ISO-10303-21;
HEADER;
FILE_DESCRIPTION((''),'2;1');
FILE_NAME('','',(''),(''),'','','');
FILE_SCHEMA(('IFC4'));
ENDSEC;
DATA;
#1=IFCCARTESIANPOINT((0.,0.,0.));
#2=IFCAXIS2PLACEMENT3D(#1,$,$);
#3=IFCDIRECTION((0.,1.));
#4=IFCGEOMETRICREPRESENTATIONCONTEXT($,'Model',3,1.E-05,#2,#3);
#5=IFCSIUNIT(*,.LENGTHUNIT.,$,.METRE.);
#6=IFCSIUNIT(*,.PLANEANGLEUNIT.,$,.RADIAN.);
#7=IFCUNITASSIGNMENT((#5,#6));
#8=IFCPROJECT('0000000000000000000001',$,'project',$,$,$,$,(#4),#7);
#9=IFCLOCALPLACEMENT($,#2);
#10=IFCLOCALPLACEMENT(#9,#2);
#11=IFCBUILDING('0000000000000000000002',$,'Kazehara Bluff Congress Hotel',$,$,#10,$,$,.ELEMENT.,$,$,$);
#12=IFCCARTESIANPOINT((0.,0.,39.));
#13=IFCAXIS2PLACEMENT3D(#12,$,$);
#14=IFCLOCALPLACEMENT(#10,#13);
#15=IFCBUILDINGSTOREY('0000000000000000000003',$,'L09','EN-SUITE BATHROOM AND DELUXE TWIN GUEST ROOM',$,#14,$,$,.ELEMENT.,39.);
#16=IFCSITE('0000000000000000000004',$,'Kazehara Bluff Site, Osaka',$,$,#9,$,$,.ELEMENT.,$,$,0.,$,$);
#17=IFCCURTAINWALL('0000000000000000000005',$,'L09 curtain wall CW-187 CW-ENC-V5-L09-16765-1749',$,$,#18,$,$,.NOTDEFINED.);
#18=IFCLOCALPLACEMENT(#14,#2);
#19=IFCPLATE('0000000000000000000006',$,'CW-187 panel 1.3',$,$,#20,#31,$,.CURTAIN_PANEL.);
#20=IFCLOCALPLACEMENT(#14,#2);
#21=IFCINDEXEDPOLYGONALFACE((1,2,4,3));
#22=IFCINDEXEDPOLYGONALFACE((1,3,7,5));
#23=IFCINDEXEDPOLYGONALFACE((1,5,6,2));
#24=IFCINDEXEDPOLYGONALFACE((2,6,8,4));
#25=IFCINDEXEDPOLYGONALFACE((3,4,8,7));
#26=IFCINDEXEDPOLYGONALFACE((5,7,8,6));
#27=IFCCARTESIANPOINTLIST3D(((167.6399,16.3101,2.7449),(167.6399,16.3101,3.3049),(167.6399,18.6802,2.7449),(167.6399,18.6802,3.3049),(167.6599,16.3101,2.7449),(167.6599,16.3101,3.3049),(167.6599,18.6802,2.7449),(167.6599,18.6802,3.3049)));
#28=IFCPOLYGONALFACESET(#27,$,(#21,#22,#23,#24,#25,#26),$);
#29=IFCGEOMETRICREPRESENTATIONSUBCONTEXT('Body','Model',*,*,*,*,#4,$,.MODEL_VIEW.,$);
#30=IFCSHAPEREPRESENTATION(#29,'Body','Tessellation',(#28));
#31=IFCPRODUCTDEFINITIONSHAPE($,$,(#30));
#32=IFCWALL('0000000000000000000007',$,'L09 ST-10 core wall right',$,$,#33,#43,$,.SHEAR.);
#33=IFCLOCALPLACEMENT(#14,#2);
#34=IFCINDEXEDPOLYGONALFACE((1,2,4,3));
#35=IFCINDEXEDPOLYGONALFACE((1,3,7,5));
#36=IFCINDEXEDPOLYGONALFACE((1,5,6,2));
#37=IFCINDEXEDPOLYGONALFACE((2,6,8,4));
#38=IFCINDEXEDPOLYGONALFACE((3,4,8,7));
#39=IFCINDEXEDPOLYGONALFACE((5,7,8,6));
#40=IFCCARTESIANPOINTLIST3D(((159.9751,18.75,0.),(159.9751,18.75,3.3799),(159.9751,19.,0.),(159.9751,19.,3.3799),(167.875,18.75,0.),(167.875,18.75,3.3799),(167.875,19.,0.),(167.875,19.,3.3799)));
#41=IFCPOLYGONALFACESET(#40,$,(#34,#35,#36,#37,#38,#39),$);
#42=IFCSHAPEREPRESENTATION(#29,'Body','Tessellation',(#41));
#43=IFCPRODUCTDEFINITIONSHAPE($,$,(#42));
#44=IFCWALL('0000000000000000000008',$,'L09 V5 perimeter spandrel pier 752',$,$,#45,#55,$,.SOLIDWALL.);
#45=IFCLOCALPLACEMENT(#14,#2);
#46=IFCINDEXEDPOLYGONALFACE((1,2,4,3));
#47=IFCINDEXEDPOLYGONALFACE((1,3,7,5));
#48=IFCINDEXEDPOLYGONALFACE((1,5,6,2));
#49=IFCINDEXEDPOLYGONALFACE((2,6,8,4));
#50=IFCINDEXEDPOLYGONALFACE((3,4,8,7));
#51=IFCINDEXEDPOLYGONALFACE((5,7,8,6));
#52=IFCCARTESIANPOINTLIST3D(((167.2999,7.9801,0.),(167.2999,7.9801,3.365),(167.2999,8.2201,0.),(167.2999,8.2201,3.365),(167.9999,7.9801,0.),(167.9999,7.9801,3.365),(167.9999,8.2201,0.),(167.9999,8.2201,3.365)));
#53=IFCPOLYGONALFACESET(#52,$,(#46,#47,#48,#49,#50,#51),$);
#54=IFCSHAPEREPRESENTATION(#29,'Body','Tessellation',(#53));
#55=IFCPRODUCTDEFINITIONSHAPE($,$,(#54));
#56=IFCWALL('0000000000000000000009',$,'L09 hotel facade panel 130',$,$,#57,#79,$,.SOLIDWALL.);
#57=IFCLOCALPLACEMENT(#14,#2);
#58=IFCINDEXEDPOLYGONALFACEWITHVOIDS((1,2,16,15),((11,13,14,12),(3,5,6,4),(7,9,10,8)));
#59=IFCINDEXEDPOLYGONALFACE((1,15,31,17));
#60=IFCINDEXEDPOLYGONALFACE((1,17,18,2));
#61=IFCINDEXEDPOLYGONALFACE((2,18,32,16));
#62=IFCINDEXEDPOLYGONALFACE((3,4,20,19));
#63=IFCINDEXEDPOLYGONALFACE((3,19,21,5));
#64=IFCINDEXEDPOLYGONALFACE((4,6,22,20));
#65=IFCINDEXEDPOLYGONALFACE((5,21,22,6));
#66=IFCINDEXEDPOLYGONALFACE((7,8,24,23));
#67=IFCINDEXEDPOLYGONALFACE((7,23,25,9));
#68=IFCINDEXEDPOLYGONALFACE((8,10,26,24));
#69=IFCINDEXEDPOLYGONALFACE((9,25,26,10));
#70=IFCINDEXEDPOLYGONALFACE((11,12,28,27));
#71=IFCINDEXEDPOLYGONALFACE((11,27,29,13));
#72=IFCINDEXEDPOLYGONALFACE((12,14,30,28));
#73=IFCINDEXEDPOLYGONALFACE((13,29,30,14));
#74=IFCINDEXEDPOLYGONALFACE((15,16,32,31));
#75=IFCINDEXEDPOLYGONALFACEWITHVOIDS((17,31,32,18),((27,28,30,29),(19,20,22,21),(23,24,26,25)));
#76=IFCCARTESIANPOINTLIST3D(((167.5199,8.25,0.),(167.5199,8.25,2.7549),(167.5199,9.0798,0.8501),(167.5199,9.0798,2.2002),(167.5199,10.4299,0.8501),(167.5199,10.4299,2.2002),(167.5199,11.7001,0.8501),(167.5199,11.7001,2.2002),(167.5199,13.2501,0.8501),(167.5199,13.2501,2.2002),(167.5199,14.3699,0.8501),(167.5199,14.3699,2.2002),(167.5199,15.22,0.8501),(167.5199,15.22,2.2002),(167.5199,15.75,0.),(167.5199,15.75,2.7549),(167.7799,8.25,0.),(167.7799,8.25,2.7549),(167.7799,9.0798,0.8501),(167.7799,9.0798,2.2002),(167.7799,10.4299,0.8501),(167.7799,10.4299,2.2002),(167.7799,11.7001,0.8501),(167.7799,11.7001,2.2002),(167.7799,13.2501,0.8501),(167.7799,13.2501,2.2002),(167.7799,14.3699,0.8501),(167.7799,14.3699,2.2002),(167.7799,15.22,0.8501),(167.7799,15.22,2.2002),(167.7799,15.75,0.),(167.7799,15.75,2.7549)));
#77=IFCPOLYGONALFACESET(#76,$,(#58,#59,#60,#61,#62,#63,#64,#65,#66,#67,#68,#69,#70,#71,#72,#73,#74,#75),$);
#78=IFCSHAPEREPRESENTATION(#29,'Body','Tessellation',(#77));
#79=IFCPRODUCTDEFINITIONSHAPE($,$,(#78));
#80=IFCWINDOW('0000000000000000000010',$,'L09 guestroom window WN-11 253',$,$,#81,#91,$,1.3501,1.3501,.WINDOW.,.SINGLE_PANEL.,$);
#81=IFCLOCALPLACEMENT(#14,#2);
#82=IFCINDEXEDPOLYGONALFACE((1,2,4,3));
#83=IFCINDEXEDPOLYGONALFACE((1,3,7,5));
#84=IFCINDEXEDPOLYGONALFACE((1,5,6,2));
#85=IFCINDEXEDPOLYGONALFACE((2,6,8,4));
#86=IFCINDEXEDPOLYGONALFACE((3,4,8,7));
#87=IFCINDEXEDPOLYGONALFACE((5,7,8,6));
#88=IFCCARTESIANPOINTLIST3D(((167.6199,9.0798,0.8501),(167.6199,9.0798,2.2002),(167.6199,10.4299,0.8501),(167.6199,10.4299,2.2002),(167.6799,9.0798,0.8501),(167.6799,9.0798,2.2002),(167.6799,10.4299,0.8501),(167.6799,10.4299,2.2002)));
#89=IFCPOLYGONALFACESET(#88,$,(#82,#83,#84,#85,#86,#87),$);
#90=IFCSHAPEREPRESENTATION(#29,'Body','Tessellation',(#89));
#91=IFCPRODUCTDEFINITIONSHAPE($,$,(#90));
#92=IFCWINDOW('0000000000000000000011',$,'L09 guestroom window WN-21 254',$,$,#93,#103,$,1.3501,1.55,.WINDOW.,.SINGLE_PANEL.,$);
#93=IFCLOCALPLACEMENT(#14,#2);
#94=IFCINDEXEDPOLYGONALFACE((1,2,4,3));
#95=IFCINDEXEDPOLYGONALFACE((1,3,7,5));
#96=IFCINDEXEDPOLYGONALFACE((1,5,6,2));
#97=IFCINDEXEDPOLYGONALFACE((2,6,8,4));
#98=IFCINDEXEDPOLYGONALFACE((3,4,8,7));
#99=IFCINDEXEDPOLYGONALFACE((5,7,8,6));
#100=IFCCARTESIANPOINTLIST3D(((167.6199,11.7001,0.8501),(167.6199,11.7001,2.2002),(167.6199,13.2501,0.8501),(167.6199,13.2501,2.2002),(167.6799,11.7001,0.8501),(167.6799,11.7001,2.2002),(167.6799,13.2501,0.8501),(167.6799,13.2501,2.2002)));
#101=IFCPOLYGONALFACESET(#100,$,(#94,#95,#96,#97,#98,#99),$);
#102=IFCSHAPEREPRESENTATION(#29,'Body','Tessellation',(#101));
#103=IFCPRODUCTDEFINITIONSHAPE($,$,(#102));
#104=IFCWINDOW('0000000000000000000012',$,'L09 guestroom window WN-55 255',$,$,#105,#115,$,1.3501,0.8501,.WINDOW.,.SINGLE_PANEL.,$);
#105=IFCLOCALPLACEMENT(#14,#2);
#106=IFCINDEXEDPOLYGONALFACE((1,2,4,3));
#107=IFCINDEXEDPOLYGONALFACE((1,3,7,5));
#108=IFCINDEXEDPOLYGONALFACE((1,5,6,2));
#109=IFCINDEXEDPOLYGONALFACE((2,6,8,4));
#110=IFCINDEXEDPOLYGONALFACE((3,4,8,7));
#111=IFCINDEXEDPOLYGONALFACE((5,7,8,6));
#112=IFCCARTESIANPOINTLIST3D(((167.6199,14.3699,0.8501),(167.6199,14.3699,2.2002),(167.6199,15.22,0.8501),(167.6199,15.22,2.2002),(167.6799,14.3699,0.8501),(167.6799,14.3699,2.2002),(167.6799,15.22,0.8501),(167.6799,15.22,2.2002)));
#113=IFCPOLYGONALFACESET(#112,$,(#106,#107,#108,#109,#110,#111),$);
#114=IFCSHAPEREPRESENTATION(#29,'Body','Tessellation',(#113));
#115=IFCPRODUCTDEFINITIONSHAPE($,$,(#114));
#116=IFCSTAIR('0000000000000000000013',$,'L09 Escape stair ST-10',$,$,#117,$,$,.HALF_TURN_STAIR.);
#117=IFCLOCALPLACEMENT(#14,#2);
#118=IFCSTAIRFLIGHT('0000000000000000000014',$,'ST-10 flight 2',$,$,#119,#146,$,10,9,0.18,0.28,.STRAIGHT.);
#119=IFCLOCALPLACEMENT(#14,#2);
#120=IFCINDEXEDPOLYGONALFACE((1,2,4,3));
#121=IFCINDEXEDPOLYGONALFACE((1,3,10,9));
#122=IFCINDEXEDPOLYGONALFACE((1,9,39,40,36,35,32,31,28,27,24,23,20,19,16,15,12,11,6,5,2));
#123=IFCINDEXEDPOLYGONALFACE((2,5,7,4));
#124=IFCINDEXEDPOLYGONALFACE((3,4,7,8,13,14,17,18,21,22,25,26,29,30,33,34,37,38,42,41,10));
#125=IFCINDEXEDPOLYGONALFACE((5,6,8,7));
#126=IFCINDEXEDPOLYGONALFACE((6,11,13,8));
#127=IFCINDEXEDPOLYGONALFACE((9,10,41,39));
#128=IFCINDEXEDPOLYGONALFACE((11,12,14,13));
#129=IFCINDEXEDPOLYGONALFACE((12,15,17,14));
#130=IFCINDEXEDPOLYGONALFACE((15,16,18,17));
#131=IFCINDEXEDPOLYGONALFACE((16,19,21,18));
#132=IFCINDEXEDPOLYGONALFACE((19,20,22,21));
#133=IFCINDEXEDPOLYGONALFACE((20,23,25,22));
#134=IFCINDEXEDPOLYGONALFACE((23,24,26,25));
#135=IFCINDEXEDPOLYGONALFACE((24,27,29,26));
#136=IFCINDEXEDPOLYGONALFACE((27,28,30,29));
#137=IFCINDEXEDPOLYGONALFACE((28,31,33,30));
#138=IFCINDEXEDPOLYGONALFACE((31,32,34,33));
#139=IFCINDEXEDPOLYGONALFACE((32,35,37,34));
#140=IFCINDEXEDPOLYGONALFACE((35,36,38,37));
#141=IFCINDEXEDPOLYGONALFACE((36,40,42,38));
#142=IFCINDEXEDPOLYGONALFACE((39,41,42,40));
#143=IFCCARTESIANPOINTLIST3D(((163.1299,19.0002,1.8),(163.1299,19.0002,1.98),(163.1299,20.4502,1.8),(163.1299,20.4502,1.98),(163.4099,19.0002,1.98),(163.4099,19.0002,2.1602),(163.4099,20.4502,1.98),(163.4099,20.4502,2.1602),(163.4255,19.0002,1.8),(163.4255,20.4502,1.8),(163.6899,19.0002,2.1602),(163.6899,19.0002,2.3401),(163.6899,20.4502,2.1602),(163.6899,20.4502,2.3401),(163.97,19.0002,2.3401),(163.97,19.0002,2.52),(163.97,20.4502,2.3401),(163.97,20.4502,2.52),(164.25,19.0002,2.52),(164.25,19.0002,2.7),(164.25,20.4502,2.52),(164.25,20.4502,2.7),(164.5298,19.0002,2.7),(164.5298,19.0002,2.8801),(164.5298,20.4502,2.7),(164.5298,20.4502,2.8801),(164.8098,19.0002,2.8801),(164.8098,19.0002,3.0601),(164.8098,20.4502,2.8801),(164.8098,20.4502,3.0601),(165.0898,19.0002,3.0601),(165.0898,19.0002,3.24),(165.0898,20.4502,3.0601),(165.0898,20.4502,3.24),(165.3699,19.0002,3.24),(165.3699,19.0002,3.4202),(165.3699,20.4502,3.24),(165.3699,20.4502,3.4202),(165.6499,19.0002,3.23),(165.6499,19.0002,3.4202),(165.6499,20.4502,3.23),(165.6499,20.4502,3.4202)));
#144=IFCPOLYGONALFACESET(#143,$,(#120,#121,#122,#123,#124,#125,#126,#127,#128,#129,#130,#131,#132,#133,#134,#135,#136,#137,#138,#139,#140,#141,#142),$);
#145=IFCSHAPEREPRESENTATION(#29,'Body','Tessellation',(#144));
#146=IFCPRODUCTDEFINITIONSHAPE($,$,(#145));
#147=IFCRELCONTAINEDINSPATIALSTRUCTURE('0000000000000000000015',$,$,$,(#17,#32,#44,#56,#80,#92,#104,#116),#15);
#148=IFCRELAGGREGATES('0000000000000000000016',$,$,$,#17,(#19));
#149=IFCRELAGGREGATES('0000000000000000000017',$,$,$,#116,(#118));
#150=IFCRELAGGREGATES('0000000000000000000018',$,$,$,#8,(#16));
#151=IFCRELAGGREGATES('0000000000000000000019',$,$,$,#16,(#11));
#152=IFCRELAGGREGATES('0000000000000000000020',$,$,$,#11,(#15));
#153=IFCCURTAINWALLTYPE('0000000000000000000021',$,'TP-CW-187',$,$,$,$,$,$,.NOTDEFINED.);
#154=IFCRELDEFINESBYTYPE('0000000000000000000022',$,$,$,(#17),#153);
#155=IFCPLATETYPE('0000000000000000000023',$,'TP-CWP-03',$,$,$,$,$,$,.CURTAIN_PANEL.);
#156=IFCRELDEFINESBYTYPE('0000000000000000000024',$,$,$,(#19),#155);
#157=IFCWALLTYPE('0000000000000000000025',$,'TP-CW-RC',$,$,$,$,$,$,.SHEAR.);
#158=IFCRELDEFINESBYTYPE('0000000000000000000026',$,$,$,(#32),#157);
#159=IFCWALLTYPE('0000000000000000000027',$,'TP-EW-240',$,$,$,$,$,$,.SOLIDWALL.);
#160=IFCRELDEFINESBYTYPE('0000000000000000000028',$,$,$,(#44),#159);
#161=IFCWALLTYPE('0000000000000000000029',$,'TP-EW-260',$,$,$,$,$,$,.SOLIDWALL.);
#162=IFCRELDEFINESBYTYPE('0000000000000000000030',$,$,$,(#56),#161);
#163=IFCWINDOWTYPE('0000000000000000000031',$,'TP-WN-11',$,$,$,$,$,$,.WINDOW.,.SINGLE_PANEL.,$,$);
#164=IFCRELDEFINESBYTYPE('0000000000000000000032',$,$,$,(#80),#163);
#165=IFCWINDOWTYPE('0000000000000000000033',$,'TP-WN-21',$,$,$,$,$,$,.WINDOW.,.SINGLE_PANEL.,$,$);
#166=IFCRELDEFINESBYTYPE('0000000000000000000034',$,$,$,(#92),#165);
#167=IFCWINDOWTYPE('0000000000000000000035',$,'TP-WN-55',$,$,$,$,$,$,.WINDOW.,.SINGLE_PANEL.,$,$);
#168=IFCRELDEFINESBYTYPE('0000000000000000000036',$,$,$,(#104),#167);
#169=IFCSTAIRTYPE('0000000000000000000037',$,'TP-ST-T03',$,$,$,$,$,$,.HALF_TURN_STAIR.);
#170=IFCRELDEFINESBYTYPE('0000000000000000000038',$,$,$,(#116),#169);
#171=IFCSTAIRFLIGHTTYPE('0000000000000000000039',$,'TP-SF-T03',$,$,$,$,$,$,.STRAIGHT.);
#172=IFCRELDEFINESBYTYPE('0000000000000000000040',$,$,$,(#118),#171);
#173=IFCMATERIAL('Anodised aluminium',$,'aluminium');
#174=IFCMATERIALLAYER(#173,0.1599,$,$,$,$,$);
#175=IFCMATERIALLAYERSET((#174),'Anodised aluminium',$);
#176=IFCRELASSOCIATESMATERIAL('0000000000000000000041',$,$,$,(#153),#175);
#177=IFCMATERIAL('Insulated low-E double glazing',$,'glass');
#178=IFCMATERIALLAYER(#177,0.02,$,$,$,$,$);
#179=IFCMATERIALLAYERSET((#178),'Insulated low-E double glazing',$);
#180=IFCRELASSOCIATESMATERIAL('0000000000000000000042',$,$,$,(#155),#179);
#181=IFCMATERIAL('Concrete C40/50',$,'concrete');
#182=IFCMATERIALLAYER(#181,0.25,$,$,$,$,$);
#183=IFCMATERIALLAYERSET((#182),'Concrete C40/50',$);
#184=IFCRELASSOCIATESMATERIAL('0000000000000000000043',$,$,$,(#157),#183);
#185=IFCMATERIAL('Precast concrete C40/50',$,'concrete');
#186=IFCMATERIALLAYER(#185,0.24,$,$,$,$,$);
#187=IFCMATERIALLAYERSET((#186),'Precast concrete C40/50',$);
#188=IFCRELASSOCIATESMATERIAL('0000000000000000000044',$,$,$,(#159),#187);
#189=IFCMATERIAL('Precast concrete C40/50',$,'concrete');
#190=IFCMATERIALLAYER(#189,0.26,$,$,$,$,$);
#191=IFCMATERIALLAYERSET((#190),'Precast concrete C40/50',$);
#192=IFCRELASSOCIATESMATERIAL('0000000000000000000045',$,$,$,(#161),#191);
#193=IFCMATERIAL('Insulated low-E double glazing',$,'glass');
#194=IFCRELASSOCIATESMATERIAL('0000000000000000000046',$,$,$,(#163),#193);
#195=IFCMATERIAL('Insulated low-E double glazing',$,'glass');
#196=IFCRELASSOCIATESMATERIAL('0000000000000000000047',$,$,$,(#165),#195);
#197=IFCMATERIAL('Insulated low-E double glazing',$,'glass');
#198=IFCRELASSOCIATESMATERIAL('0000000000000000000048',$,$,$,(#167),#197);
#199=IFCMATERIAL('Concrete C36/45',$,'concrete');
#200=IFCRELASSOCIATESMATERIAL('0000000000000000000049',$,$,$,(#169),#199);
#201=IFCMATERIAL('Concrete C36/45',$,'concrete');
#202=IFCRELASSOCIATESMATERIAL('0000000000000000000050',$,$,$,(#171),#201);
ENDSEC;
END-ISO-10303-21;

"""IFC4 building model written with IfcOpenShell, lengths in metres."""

from ifc_helpers import new_model, si_unit, direction, frame, frame_2d, origin, origin_2d, place, context, subcontext, project, spatial, polyline, rectangle, outline, extrude, material, layer, layer_set, type_object, element, fill, aggregate, save


model = new_model("IFC4")

# Units and contexts
model_context = context("Model", 3, precision=1e-05, world=origin(), true_north=direction((0.0, 1.0)))
body_context = subcontext(model_context, "Body", "Model", "MODEL_VIEW")
ifc_project = project(units=[si_unit("LENGTHUNIT", "METRE"), si_unit("PLANEANGLEUNIT", "RADIAN")], contexts=[model_context])

# Site, building, storey
site_placement = place(None, origin())
site = spatial("IfcSite", under=ifc_project, at=site_placement, Name="Kazehara Bluff Site, Osaka", CompositionType="ELEMENT", RefElevation=0.0)
building_placement = place(site_placement, origin())
building = spatial("IfcBuilding", under=site, at=building_placement, Name="Kazehara Bluff Congress Hotel", CompositionType="ELEMENT")
storey_placement = place(building_placement, frame((0.0, 0.0, 39.0)))
storey = spatial("IfcBuildingStorey", under=building, at=storey_placement, Name="L09", Description="EN-SUITE BATHROOM AND DELUXE TWIN GUEST ROOM", CompositionType="ELEMENT", Elevation=39.0)

# Curtain wall
ifc_material_1 = material(Name="Anodised aluminium", Category="aluminium")
ifc_layer_1 = layer(ifc_material_1, 0.1599)
ifc_layer_set_1 = layer_set([ifc_layer_1], Name="Anodised aluminium")
curtain_wall_type = type_object("IfcCurtainWallType", Name="TP-CW-187", PredefinedType="NOTDEFINED", material=ifc_layer_set_1)
curtain_wall_placement = place(storey_placement, origin())
curtain_wall = element("IfcCurtainWall", 1, at=curtain_wall_placement, inside=storey, type_object=curtain_wall_type, Name="L09 curtain wall CW-187 CW-ENC-V5-L09-16765-1749", PredefinedType="NOTDEFINED")

# Plate
ifc_material_2 = material(Name="Insulated low-E double glazing", Category="glass")
ifc_layer_2 = layer(ifc_material_2, 0.02)
ifc_layer_set_2 = layer_set([ifc_layer_2], Name="Insulated low-E double glazing")
plate_type = type_object("IfcPlateType", Name="TP-CWP-03", PredefinedType="CURTAIN_PANEL", material=ifc_layer_set_2)
plate_1_placement = place(storey_placement, frame((167.6499, 17.4951, 2.7449), z_axis=(0.0, 0.0, 1.0), x_axis=(0.0, -1.0, 0.0)))
plate_1 = element("IfcPlate", 2, at=plate_1_placement, type_object=plate_type, Name="CW-187 panel 1.3", PredefinedType="CURTAIN_PANEL", context=body_context, shape_type="SweptSolid", body=[
    extrude(rectangle(XDim=2.3701, YDim=0.02, at=origin_2d()), origin(), (0.0, 0.0, 1.0), 0.5601),
])
aggregate(curtain_wall, [plate_1])

# Walls
ifc_material_3 = material(Name="Concrete C40/50", Category="concrete")
ifc_layer_3 = layer(ifc_material_3, 0.25)
ifc_layer_set_3 = layer_set([ifc_layer_3], Name="Concrete C40/50")
wall_type_1 = type_object("IfcWallType", Name="TP-CW-RC", PredefinedType="SHEAR", material=ifc_layer_set_3)
wall_1_placement = place(storey_placement, frame((167.875, 18.875, 0.0), z_axis=(0.0, 0.0, 1.0), x_axis=(-1.0, 0.0, 0.0)))
element("IfcWall", 3, at=wall_1_placement, inside=storey, type_object=wall_type_1, Name="L09 ST-10 core wall right", PredefinedType="SHEAR", context=body_context, shape_type="SweptSolid", body=[
    extrude(rectangle(XDim=7.8999, YDim=0.25, at=frame_2d((3.95, 0.0))), origin(), (0.0, 0.0, 1.0), 3.3799),
])
ifc_material_4 = material(Name="Precast concrete C40/50", Category="concrete")
ifc_layer_4 = layer(ifc_material_4, 0.24)
ifc_layer_set_4 = layer_set([ifc_layer_4], Name="Precast concrete C40/50")
wall_type_2 = type_object("IfcWallType", Name="TP-EW-240", PredefinedType="SOLIDWALL", material=ifc_layer_set_4)
wall_2_placement = place(storey_placement, frame((168.0, 8.1001, 0.0), z_axis=(0.0, 0.0, 1.0), x_axis=(-1.0, 0.0, 0.0)))
element("IfcWall", 4, at=wall_2_placement, inside=storey, type_object=wall_type_2, Name="L09 V5 perimeter spandrel pier 752", PredefinedType="SOLIDWALL", context=body_context, shape_type="SweptSolid", body=[
    extrude(rectangle(XDim=0.7, YDim=0.24, at=frame_2d((0.3501, 0.0))), origin(), (0.0, 0.0, 1.0), 3.365),
])

# Wall, openings, windows
ifc_material_5 = material(Name="Precast concrete C40/50", Category="concrete")
ifc_layer_5 = layer(ifc_material_5, 0.26)
ifc_layer_set_5 = layer_set([ifc_layer_5], Name="Precast concrete C40/50")
wall_type_3 = type_object("IfcWallType", Name="TP-EW-260", PredefinedType="SOLIDWALL", material=ifc_layer_set_5)
wall_3_placement = place(storey_placement, frame((167.6499, 15.75, 0.0), z_axis=(0.0, 0.0, 1.0), x_axis=(0.0, -1.0, 0.0)))
wall_3 = element("IfcWall", 5, at=wall_3_placement, inside=storey, type_object=wall_type_3, Name="L09 hotel facade panel 130", PredefinedType="SOLIDWALL", context=body_context, shape_type="SweptSolid", body=[
    extrude(rectangle(XDim=7.5, YDim=0.26, at=frame_2d((3.75, 0.0))), origin(), (0.0, 0.0, 1.0), 2.7549),
])
opening_1_placement = place(wall_3_placement, frame((5.3201, 0.0, 0.8501)))
opening_1 = element("IfcOpeningElement", 6, at=opening_1_placement, cuts=wall_3, PredefinedType="OPENING", context=body_context, shape_type="SweptSolid", body=[
    extrude(rectangle(XDim=1.3501, YDim=1.3501, at=frame_2d((0.675, 0.675))), frame((0.0, 0.1399, 0.0), z_axis=(0.0, -1.0, 0.0), x_axis=(1.0, 0.0, 0.0)), (0.0, 0.0, 1.0), 0.28),
])
opening_2_placement = place(wall_3_placement, frame((2.5, 0.0, 0.8501)))
opening_2 = element("IfcOpeningElement", 7, at=opening_2_placement, cuts=wall_3, PredefinedType="OPENING", context=body_context, shape_type="SweptSolid", body=[
    extrude(rectangle(XDim=1.55, YDim=1.3501, at=frame_2d((0.7749, 0.675))), frame((0.0, 0.1399, 0.0), z_axis=(0.0, -1.0, 0.0), x_axis=(1.0, 0.0, 0.0)), (0.0, 0.0, 1.0), 0.28),
])
opening_3_placement = place(wall_3_placement, frame((0.53, 0.0, 0.8501)))
opening_3 = element("IfcOpeningElement", 8, at=opening_3_placement, cuts=wall_3, PredefinedType="OPENING", context=body_context, shape_type="SweptSolid", body=[
    extrude(rectangle(XDim=0.8501, YDim=1.3501, at=frame_2d((0.425, 0.675))), frame((0.0, 0.1399, 0.0), z_axis=(0.0, -1.0, 0.0), x_axis=(1.0, 0.0, 0.0)), (0.0, 0.0, 1.0), 0.28),
])
ifc_material_6 = material(Name="Insulated low-E double glazing", Category="glass")
window_type_1 = type_object("IfcWindowType", Name="TP-WN-11", PartitioningType="SINGLE_PANEL", PredefinedType="WINDOW", material=ifc_material_6)
window_1_placement = place(opening_1_placement, origin())
window_1 = element("IfcWindow", 9, at=window_1_placement, inside=storey, type_object=window_type_1, Name="L09 guestroom window WN-11 253", OverallHeight=1.3501, OverallWidth=1.3501, PartitioningType="SINGLE_PANEL", PredefinedType="WINDOW", context=body_context, shape_type="SweptSolid", body=[
    extrude(rectangle(XDim=1.3501, YDim=1.3501, at=frame_2d((0.675, 0.675))), frame((0.0, 0.03, 0.0), z_axis=(0.0, -1.0, 0.0), x_axis=(1.0, 0.0, 0.0)), (0.0, 0.0, 1.0), 0.0601),
])
fill(opening_1, window_1)
ifc_material_7 = material(Name="Insulated low-E double glazing", Category="glass")
window_type_2 = type_object("IfcWindowType", Name="TP-WN-21", PartitioningType="SINGLE_PANEL", PredefinedType="WINDOW", material=ifc_material_7)
window_2_placement = place(opening_2_placement, origin())
window_2 = element("IfcWindow", 10, at=window_2_placement, inside=storey, type_object=window_type_2, Name="L09 guestroom window WN-21 254", OverallHeight=1.3501, OverallWidth=1.55, PartitioningType="SINGLE_PANEL", PredefinedType="WINDOW", context=body_context, shape_type="SweptSolid", body=[
    extrude(rectangle(XDim=1.55, YDim=1.3501, at=frame_2d((0.7749, 0.675))), frame((0.0, 0.03, 0.0), z_axis=(0.0, -1.0, 0.0), x_axis=(1.0, 0.0, 0.0)), (0.0, 0.0, 1.0), 0.0601),
])
fill(opening_2, window_2)
ifc_material_8 = material(Name="Insulated low-E double glazing", Category="glass")
window_type_3 = type_object("IfcWindowType", Name="TP-WN-55", PartitioningType="SINGLE_PANEL", PredefinedType="WINDOW", material=ifc_material_8)
window_3_placement = place(opening_3_placement, origin())
window_3 = element("IfcWindow", 11, at=window_3_placement, inside=storey, type_object=window_type_3, Name="L09 guestroom window WN-55 255", OverallHeight=1.3501, OverallWidth=0.8501, PartitioningType="SINGLE_PANEL", PredefinedType="WINDOW", context=body_context, shape_type="SweptSolid", body=[
    extrude(rectangle(XDim=0.8501, YDim=1.3501, at=frame_2d((0.425, 0.675))), frame((0.0, 0.03, 0.0), z_axis=(0.0, -1.0, 0.0), x_axis=(1.0, 0.0, 0.0)), (0.0, 0.0, 1.0), 0.0601),
])
fill(opening_3, window_3)

# Stair, stair flight
ifc_material_9 = material(Name="Concrete C36/45", Category="concrete")
stair_type = type_object("IfcStairType", Name="TP-ST-T03", PredefinedType="HALF_TURN_STAIR", material=ifc_material_9)
stair_placement = place(storey_placement, origin())
stair = element("IfcStair", 12, at=stair_placement, inside=storey, type_object=stair_type, Name="L09 Escape stair ST-10", PredefinedType="HALF_TURN_STAIR")
ifc_material_10 = material(Name="Concrete C36/45", Category="concrete")
stair_flight_type = type_object("IfcStairFlightType", Name="TP-SF-T03", PredefinedType="STRAIGHT", material=ifc_material_10)
stair_flight_placement = place(storey_placement, frame((163.1299, 19.7251, 1.8), z_axis=(0.0, 0.0, 1.0), x_axis=(1.0, 0.0, 0.0)))
stair_flight = element("IfcStairFlight", 13, at=stair_flight_placement, type_object=stair_flight_type, Name="ST-10 flight 2", NumberOfRisers=10, NumberOfTreads=9, PredefinedType="STRAIGHT", RiserHeight=0.18, TreadLength=0.28, context=body_context, shape_type="SweptSolid", body=[
    extrude(outline(polyline([(0.0, 0.0), (0.0, 0.1799), (0.28, 0.1799), (0.28, 0.3601), (0.5601, 0.3601), (0.5601, 0.54), (0.8401, 0.54), (0.8401, 0.72), (1.1201, 0.72), (1.1201, 0.8999), (1.3999, 0.8999), (1.3999, 1.0801), (1.6799, 1.0801), (1.6799, 1.26), (1.96, 1.26), (1.96, 1.4399), (2.24, 1.4399), (2.24, 1.6201), (2.52, 1.6201), (2.52, 1.8), (2.52, 1.4299), (0.2957, 0.0), (0.0, 0.0)])), frame((0.0, 0.7251, 0.0), z_axis=(0.0, -1.0, 0.0), x_axis=(1.0, 0.0, 0.0)), (0.0, 0.0, 1.0), 1.45),
])
aggregate(stair, [stair_flight])

save(model, "model.ifc")
